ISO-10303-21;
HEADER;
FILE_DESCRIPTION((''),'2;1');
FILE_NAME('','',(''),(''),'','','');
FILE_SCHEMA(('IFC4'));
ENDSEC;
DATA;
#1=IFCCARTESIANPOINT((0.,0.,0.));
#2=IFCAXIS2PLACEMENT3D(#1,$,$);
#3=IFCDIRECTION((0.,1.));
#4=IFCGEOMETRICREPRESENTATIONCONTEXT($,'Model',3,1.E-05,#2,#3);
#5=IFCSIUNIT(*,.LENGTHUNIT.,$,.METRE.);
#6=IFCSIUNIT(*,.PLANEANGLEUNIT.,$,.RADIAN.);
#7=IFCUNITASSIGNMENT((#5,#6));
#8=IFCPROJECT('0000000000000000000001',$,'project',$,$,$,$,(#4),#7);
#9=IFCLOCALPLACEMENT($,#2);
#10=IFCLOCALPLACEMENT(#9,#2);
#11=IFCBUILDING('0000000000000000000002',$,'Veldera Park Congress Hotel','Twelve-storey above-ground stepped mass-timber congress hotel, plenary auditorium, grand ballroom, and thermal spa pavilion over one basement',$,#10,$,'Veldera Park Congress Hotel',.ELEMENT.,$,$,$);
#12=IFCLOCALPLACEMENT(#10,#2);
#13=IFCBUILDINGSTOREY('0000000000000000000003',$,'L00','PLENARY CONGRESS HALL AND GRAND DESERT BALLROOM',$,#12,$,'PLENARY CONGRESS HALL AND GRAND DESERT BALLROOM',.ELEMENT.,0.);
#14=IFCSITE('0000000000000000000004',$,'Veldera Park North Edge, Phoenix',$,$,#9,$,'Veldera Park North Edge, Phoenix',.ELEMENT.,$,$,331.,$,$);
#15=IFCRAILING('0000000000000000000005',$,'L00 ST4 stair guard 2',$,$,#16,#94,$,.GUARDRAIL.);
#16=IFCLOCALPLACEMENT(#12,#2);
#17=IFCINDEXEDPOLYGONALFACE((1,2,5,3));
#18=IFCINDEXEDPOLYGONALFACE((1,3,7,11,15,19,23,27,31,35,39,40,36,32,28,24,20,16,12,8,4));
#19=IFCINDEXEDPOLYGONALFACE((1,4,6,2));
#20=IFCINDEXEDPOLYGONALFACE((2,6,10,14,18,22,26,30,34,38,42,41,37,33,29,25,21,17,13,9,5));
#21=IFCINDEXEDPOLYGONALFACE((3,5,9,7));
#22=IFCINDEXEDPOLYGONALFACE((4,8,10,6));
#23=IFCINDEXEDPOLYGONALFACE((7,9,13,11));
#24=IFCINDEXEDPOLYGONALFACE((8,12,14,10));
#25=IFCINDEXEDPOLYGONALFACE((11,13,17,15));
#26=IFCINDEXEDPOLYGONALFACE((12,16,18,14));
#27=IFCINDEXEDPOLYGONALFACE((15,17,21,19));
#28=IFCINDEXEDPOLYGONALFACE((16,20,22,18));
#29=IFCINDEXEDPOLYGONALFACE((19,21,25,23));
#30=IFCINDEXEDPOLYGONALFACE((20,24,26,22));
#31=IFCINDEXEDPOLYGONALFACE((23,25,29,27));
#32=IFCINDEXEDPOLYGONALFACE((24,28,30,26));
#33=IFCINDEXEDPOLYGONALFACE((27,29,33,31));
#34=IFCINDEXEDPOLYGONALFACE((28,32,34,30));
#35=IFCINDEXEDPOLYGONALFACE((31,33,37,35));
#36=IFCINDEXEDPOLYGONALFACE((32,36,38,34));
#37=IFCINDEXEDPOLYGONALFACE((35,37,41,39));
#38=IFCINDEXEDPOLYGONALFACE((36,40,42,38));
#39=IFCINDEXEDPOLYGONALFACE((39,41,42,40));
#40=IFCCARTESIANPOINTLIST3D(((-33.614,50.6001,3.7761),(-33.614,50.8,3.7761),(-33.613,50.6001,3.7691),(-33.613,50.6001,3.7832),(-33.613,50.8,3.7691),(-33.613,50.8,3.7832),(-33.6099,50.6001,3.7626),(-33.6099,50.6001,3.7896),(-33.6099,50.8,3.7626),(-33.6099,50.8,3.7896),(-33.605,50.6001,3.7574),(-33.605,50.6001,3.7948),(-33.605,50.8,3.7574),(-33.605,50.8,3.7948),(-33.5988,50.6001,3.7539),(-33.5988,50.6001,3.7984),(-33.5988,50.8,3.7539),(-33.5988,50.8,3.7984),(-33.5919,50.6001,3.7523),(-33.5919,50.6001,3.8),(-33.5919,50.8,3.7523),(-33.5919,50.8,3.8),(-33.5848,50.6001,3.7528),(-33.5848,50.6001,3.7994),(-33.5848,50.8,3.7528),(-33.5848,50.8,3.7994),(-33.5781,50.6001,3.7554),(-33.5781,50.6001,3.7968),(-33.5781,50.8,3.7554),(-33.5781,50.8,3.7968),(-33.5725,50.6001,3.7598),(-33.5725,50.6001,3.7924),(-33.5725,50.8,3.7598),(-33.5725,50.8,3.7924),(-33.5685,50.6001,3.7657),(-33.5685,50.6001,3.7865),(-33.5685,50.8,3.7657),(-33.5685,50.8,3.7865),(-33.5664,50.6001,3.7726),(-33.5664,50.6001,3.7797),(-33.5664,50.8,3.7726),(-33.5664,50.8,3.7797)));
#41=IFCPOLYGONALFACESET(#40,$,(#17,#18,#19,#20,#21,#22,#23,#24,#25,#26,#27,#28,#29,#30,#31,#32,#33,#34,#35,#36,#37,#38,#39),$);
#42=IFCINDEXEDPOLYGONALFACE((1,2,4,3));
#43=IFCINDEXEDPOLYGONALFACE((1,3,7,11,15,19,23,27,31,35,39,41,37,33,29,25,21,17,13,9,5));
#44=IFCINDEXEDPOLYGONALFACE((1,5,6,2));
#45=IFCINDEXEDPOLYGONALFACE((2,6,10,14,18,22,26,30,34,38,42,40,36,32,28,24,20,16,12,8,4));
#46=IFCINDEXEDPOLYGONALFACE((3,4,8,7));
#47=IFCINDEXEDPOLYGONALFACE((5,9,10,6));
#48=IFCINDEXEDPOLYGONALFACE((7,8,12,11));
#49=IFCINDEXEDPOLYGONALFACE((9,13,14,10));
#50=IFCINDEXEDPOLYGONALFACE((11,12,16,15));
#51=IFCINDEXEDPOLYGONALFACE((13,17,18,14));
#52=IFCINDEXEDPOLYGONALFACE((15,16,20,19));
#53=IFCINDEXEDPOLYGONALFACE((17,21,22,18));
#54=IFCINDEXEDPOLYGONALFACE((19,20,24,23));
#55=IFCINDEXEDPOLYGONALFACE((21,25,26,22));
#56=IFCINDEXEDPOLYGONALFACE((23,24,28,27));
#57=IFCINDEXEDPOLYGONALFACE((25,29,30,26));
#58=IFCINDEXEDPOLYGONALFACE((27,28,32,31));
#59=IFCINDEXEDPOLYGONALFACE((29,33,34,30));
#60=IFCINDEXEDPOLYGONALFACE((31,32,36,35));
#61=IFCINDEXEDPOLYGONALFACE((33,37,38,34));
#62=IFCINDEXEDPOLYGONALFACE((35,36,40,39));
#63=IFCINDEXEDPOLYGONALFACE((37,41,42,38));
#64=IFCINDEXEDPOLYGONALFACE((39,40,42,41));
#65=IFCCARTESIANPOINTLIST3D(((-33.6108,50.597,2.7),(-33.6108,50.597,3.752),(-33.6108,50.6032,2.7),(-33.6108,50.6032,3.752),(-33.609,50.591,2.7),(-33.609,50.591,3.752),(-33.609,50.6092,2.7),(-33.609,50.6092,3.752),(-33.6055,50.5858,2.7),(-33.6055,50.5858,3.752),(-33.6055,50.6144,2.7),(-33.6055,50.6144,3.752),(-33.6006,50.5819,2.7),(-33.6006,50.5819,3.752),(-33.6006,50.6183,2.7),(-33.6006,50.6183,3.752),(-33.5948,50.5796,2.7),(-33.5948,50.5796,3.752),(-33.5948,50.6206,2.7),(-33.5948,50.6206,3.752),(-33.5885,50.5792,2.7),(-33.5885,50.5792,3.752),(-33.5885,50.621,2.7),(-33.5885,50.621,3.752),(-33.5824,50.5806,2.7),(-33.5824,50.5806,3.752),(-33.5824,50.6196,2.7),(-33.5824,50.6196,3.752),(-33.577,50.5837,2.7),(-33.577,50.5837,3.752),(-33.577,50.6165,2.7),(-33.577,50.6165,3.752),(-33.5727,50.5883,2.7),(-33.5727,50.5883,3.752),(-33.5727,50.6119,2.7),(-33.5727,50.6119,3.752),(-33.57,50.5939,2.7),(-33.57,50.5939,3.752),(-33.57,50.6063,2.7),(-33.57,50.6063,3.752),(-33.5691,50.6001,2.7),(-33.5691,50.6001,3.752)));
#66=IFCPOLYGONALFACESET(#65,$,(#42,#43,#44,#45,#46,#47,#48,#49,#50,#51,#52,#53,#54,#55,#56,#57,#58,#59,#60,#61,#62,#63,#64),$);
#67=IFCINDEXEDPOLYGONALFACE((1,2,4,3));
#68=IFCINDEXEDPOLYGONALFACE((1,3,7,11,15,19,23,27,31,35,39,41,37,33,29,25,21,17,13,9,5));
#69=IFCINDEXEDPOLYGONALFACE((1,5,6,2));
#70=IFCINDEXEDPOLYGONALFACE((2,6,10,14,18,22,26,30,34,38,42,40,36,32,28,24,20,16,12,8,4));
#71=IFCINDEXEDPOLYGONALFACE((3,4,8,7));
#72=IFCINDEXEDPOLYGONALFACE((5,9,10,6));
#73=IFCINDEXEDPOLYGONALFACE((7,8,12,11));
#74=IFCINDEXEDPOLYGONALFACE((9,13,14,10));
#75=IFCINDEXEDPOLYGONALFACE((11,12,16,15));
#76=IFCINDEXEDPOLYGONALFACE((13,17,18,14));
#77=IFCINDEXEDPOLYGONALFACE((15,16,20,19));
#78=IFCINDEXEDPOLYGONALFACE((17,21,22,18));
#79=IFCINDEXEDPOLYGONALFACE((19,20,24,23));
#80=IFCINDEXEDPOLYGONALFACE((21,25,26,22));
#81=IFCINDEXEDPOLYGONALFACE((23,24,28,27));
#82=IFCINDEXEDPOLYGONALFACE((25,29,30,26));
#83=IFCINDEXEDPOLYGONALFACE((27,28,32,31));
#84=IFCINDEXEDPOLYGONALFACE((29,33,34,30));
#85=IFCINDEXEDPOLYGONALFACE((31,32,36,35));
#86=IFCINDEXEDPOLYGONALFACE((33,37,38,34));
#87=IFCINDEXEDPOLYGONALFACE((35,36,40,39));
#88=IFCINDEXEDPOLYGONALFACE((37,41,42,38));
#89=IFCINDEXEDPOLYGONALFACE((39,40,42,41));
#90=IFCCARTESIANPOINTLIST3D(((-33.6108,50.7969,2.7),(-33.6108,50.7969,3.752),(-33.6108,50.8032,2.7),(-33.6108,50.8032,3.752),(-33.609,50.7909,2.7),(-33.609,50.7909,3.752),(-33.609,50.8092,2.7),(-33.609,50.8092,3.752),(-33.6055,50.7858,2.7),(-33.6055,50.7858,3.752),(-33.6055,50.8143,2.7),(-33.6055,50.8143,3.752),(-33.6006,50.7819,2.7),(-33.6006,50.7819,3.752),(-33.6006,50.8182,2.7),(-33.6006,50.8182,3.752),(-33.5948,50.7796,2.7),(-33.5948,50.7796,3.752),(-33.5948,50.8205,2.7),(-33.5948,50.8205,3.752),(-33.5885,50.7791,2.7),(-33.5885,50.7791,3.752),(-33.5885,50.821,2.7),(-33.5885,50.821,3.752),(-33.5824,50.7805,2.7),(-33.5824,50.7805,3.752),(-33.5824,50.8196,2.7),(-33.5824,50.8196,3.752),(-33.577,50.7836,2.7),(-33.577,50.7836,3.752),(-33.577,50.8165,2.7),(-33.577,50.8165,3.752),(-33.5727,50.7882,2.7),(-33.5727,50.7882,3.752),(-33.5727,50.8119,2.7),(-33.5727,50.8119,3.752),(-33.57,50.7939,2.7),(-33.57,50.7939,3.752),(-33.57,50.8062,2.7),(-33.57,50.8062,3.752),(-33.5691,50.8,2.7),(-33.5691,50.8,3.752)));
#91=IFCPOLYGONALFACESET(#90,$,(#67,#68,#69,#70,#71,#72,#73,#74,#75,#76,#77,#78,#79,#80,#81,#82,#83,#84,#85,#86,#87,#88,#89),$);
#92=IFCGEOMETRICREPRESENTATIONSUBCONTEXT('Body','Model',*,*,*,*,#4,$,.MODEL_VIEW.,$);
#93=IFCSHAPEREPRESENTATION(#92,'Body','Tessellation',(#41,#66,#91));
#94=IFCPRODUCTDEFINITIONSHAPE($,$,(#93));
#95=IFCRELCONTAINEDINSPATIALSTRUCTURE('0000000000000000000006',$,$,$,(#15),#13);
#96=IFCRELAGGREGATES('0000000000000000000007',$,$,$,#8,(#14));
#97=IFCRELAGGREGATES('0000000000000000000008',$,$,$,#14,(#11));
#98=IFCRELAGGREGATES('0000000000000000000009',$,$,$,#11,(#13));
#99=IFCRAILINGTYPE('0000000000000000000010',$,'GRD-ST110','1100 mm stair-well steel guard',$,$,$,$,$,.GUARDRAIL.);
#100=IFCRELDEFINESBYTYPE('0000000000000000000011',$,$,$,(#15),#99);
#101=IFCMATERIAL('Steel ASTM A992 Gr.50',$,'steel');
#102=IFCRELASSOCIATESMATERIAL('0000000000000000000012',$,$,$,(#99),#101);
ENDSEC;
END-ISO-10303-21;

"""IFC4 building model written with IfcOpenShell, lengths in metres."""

from ifc_helpers import new_model, si_unit, direction, frame, origin, origin_2d, place, context, subcontext, project, spatial, circle, extrude, material, type_object, element, save


model = new_model("IFC4")

# Units and contexts
model_context = context("Model", 3, precision=1e-05, world=origin(), true_north=direction((0.0, 1.0)))
body_context = subcontext(model_context, "Body", "Model", "MODEL_VIEW")
ifc_project = project(units=[si_unit("LENGTHUNIT", "METRE"), si_unit("PLANEANGLEUNIT", "RADIAN")], contexts=[model_context])

# Site, building, storey
site_placement = place(None, origin())
site = spatial("IfcSite", under=ifc_project, at=site_placement, Name="Veldera Park North Edge, Phoenix", LongName="Veldera Park North Edge, Phoenix", CompositionType="ELEMENT", RefElevation=331.0)
building_placement = place(site_placement, origin())
building = spatial("IfcBuilding", under=site, at=building_placement, Name="Veldera Park Congress Hotel", Description="Twelve-storey above-ground stepped mass-timber congress hotel, plenary auditorium, grand ballroom, and thermal spa pavilion over one basement", LongName="Veldera Park Congress Hotel", CompositionType="ELEMENT")
storey_placement = place(building_placement, origin())
storey = spatial("IfcBuildingStorey", under=building, at=storey_placement, Name="L00", Description="PLENARY CONGRESS HALL AND GRAND DESERT BALLROOM", LongName="PLENARY CONGRESS HALL AND GRAND DESERT BALLROOM", CompositionType="ELEMENT", Elevation=0.0)

# Shared definitions
ifc_material_1 = material(Name="Steel ASTM A992 Gr.50", Category="steel")

# Railing
railing_type_1 = type_object("IfcRailingType", Name="GRD-ST110", Description="1100 mm stair-well steel guard", PredefinedType="GUARDRAIL", material=ifc_material_1)
railing_1_placement = place(storey_placement, frame((-33.5901, 50.6001, 2.7)))
element("IfcRailing", 1, at=railing_1_placement, inside=storey, type_object=railing_type_1, Name="L00 ST4 stair guard 2", PredefinedType="GUARDRAIL", context=body_context, shape_type="SweptSolid", body=[
    extrude(circle(Radius=0.0239, at=origin_2d()), frame((0.0, 0.0, 1.0762), z_axis=(0.0, 1.0, 0.0), x_axis=(-1.0, 0.0, 0.0)), (0.0, 0.0, 1.0), 0.2),
    extrude(circle(Radius=0.021, at=origin_2d()), origin(), (0.0, 0.0, 1.0), 1.052),
    extrude(circle(Radius=0.021, at=origin_2d()), frame((0.0, 0.2, 0.0)), (0.0, 0.0, 1.0), 1.052),
])

save(model, "model.ifc")
